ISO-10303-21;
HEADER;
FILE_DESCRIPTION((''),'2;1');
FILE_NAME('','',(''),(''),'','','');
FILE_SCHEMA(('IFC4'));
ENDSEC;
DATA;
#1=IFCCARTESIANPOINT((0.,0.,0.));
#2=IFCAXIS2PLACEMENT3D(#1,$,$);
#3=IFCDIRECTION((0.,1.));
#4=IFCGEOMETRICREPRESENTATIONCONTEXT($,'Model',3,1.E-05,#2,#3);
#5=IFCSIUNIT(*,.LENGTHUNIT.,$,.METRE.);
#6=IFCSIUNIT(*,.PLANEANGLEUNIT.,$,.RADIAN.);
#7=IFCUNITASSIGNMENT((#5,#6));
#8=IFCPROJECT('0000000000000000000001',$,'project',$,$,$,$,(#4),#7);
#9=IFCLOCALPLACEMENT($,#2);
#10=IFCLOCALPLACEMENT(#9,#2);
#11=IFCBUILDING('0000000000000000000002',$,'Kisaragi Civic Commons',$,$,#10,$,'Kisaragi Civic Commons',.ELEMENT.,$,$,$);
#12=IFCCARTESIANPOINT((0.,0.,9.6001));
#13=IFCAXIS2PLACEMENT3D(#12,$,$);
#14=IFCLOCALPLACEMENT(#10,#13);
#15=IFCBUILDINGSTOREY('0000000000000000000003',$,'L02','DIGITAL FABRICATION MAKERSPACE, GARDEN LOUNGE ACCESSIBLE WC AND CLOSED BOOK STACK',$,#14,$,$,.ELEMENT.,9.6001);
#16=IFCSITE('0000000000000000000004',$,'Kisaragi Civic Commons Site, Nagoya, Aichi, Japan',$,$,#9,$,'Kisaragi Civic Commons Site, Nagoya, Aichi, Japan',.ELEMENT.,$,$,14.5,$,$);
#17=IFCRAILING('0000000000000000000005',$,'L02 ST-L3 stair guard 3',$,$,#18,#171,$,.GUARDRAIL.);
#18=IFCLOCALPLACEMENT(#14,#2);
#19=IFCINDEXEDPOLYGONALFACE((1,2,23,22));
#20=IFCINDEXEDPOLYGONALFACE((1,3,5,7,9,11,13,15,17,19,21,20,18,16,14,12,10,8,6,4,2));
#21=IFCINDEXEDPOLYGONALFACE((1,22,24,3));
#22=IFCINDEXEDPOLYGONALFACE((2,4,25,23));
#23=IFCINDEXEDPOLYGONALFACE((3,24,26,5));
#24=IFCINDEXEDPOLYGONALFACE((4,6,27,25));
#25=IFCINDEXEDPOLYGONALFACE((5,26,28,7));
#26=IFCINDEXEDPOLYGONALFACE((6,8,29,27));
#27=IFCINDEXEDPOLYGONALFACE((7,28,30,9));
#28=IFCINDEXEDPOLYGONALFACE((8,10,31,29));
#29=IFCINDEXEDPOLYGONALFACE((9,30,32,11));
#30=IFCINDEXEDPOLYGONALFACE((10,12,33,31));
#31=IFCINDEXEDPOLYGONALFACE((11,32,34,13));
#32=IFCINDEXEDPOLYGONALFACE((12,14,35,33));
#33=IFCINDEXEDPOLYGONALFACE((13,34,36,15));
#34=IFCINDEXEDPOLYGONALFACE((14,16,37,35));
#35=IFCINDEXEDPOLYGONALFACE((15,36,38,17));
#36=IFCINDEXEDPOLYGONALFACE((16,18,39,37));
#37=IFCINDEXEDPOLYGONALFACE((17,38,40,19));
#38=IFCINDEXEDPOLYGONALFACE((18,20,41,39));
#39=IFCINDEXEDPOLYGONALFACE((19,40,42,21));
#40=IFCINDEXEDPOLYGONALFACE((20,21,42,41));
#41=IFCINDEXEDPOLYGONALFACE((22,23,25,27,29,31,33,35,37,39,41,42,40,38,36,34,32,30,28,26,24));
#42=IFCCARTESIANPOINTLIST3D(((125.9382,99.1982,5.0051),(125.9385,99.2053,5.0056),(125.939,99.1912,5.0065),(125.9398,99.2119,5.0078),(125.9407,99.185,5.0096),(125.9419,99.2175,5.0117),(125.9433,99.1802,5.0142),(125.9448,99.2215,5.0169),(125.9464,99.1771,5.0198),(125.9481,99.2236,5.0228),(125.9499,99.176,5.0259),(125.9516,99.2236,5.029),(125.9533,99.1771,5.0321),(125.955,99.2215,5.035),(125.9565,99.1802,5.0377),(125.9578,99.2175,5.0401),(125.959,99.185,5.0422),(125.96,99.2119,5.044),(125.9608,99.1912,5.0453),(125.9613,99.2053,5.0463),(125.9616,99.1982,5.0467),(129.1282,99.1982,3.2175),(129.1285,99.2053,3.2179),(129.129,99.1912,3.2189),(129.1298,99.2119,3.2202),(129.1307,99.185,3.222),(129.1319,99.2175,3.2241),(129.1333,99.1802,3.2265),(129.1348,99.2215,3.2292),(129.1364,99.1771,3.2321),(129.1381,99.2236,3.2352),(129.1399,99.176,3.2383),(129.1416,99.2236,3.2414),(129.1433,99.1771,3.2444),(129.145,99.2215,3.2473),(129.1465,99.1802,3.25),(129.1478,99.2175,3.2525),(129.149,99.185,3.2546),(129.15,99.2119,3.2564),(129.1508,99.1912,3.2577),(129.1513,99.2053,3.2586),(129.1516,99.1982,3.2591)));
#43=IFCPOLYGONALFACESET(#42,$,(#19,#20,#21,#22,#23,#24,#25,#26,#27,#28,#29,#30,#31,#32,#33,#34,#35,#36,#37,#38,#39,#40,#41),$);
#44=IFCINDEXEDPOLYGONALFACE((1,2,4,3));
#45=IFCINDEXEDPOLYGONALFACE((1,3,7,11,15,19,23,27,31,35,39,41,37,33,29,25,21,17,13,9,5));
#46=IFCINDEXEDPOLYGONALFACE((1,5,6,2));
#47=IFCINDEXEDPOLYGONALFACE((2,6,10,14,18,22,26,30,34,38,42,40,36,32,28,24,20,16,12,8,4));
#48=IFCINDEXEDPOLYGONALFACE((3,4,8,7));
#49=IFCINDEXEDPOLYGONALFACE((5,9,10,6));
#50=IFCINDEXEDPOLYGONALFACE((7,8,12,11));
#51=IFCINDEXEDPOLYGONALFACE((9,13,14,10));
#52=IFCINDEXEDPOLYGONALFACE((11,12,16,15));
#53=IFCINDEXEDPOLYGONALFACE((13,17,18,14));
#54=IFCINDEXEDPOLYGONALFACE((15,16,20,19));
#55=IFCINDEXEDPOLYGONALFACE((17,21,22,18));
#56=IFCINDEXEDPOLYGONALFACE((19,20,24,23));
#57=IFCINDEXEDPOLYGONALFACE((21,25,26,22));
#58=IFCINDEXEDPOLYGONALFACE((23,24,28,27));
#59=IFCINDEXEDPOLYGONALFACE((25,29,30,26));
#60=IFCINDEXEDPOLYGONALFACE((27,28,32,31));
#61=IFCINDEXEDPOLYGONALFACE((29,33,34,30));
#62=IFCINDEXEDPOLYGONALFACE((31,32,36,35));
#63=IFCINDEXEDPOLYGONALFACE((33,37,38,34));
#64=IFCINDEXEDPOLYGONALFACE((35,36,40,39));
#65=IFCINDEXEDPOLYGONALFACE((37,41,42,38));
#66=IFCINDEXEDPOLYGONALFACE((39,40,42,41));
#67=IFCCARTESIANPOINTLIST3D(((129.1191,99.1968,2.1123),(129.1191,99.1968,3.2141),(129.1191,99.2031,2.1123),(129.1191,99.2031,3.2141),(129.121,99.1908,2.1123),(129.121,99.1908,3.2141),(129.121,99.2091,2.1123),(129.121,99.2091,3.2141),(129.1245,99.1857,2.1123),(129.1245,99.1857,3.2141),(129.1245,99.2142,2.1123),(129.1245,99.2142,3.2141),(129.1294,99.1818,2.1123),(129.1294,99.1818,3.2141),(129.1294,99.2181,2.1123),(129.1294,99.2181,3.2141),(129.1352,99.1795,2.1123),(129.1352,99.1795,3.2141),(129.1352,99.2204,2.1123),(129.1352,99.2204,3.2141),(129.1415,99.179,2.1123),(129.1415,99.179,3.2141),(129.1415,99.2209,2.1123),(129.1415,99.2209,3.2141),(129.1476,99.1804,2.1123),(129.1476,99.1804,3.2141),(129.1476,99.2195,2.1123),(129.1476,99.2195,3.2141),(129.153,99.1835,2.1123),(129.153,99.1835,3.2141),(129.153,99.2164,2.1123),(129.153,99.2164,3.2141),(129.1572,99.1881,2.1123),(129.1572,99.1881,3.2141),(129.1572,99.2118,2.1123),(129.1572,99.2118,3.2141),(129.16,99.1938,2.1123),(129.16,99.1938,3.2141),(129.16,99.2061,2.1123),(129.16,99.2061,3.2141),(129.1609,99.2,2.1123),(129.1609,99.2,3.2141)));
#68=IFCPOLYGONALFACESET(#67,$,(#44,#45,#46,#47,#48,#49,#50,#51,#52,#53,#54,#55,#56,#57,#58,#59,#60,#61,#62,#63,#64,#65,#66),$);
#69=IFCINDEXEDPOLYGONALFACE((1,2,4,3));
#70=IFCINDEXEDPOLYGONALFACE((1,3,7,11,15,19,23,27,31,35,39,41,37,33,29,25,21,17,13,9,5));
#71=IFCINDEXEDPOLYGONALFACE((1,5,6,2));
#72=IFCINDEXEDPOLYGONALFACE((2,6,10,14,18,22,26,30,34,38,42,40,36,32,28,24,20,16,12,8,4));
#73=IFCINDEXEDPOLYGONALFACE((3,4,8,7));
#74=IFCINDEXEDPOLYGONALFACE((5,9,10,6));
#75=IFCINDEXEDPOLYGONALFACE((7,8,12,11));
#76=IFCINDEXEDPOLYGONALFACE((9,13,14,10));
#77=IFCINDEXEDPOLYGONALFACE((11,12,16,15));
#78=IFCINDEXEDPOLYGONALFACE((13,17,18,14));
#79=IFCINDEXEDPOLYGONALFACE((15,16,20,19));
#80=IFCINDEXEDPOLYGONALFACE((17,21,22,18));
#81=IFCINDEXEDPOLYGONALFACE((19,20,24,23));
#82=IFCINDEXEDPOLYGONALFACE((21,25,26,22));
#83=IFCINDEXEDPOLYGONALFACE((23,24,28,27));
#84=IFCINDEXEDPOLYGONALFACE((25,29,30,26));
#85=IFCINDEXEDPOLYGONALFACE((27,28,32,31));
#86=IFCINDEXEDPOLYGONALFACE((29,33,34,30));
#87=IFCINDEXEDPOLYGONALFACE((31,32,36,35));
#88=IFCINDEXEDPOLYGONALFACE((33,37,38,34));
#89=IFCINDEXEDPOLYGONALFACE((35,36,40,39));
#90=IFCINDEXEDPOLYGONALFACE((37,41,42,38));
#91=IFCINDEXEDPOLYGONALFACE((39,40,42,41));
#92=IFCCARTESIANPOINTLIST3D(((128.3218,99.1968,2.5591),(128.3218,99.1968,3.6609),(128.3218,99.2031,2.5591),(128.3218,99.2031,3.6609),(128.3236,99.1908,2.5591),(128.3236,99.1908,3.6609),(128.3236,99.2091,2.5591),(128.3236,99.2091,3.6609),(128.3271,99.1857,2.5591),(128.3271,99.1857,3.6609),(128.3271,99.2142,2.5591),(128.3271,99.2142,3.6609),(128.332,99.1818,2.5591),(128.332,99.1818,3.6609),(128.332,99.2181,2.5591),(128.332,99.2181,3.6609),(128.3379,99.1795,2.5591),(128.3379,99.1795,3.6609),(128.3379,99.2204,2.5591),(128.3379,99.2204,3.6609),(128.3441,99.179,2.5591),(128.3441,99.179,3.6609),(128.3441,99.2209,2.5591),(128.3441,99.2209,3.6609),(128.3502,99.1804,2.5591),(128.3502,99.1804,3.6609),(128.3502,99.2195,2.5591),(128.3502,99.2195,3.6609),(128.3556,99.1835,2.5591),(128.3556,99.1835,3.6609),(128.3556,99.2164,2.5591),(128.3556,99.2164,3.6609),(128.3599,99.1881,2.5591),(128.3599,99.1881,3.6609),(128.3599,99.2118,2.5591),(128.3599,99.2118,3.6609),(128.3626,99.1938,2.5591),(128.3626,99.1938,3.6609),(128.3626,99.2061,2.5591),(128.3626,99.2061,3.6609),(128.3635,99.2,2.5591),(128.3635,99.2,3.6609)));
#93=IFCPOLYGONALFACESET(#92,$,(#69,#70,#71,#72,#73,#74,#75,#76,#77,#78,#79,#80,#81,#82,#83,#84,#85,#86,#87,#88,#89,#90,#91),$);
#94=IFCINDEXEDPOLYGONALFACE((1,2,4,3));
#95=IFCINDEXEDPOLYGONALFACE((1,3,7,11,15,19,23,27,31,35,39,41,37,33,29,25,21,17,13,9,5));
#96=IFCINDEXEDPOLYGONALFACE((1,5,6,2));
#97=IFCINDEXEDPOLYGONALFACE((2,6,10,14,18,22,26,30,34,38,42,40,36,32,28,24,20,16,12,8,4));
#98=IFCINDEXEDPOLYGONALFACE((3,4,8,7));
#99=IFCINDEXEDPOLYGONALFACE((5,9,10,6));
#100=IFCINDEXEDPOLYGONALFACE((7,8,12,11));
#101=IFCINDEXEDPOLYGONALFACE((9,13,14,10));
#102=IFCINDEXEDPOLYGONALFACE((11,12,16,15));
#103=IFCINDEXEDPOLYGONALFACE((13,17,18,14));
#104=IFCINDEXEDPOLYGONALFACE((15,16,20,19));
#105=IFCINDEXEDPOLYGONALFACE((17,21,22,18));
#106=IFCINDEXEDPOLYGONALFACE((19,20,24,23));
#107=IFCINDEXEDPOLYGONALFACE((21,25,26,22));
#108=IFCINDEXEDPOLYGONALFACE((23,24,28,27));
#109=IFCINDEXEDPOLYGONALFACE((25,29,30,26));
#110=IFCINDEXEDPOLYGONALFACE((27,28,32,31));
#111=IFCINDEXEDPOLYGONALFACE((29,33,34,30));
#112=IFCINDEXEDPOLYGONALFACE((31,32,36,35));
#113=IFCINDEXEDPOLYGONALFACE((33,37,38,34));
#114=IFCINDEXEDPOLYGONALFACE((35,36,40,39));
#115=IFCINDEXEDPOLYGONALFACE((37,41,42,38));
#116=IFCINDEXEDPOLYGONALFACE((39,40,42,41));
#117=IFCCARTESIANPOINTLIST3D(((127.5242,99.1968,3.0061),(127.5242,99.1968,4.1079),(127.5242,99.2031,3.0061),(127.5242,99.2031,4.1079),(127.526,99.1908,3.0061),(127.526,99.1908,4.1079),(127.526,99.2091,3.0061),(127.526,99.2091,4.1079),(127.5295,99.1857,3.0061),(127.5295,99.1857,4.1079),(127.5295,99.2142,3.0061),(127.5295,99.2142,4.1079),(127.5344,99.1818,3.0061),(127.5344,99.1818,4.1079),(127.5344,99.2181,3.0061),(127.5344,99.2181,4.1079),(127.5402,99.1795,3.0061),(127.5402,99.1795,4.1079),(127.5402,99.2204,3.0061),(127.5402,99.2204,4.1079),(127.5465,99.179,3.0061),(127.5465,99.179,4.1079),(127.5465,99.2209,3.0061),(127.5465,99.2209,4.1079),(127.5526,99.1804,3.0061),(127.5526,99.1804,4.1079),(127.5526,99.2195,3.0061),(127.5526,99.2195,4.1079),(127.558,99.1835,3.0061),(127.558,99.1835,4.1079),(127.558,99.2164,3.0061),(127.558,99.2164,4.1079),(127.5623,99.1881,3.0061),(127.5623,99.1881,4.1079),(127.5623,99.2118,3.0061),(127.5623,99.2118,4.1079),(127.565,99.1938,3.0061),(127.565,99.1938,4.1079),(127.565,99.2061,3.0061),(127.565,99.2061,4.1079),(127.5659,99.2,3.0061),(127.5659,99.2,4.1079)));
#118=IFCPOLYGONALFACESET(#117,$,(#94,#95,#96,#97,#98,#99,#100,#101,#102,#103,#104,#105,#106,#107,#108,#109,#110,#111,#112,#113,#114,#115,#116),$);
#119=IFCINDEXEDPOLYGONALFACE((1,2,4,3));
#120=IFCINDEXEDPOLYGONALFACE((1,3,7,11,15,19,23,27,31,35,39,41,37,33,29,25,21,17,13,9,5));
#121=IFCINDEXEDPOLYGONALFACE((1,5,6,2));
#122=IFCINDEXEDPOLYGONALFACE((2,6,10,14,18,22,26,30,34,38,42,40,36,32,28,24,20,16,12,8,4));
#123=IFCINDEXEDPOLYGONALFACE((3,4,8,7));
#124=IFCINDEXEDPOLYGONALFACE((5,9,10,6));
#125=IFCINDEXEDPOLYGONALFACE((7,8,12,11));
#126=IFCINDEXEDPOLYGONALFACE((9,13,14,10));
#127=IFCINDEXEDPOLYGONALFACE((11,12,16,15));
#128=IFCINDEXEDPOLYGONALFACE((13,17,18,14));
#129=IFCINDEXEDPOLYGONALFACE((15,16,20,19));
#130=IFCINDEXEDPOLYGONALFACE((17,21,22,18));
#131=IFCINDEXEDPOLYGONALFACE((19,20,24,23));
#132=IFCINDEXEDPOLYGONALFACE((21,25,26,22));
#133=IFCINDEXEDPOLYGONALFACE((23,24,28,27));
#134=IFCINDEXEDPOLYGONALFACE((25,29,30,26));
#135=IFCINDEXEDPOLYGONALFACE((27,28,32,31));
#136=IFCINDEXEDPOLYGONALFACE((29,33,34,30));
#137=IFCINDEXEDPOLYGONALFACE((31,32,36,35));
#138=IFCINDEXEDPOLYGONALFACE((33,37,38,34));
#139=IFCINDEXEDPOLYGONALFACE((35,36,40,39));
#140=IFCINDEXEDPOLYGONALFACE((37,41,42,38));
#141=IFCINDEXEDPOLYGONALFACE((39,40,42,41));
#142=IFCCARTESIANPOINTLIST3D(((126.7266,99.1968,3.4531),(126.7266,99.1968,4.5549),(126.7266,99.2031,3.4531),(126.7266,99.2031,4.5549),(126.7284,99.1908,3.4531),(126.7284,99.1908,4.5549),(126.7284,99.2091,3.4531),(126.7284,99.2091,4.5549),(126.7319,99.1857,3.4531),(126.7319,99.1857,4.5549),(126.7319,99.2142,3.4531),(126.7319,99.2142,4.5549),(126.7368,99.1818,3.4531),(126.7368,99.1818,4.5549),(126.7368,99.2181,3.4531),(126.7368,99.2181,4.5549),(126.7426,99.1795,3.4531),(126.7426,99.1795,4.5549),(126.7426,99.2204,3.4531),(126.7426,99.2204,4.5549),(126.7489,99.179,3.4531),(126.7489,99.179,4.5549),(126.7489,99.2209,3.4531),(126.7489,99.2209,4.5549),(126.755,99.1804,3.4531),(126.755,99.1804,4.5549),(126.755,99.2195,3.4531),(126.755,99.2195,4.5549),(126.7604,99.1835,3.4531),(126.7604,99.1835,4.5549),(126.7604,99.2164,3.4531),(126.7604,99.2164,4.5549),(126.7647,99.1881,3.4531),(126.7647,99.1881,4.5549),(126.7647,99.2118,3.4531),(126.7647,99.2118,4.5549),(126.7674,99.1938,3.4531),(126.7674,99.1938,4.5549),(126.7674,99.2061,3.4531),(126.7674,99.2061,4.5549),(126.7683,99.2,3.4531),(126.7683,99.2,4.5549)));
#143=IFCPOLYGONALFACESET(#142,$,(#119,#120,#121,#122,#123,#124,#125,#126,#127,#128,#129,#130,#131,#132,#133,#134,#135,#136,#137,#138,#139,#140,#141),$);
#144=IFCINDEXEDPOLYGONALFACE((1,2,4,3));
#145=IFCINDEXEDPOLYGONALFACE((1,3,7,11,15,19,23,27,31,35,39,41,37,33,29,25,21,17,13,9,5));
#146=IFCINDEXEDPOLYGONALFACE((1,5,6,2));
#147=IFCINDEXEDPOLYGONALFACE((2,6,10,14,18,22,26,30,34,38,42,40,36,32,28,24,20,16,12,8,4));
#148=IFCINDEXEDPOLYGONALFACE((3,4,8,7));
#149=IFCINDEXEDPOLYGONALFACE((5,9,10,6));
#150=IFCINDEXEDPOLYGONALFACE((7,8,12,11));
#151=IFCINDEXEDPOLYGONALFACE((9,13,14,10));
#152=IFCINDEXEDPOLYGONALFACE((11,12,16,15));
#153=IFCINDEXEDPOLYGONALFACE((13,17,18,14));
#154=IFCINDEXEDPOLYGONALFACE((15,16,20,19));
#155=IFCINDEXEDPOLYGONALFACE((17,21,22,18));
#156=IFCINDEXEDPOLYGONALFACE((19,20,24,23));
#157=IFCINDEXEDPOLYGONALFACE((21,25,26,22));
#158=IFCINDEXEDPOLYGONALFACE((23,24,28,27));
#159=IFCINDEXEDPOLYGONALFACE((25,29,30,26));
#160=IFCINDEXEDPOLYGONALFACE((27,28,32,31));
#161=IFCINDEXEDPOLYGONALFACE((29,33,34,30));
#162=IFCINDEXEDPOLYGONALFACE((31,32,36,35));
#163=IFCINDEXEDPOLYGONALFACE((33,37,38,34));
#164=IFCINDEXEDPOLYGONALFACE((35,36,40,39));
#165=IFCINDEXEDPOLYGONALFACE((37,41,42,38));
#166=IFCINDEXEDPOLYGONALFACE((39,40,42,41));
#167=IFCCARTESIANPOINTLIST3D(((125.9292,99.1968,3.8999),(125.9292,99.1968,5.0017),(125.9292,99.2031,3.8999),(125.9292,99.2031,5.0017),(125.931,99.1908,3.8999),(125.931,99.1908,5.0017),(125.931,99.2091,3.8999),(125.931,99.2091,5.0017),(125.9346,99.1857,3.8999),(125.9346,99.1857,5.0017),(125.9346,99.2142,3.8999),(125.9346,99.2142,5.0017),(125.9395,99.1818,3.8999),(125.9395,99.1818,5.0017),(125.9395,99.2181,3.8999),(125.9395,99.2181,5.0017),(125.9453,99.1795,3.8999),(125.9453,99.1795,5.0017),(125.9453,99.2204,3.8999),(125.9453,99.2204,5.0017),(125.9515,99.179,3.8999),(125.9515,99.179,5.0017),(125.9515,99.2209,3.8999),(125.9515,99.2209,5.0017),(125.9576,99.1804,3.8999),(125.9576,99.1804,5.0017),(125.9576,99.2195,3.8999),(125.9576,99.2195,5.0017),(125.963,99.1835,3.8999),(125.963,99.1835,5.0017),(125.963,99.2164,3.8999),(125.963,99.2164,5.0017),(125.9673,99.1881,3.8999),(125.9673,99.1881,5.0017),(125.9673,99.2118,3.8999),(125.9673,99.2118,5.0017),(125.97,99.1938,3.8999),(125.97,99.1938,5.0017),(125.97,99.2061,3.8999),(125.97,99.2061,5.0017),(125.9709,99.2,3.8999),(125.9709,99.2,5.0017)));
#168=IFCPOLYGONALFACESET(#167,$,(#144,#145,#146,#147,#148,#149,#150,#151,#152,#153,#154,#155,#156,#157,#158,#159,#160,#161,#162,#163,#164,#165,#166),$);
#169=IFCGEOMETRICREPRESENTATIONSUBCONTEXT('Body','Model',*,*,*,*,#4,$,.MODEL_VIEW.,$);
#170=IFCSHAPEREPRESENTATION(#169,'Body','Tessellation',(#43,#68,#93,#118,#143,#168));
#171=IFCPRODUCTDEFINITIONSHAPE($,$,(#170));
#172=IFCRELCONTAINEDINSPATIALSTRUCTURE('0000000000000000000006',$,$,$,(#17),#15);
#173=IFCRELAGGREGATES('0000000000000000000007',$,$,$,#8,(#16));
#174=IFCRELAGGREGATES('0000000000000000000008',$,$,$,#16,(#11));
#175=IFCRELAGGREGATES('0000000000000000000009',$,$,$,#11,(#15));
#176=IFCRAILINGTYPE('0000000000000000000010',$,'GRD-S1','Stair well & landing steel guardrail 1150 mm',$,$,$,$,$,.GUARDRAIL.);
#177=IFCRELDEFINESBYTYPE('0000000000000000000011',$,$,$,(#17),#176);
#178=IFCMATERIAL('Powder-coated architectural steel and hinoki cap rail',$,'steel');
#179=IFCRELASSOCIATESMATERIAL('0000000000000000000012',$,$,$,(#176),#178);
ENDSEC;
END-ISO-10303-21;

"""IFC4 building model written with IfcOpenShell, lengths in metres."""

from ifc_helpers import new_model, si_unit, direction, frame, origin, origin_2d, place, context, subcontext, project, spatial, circle, extrude, material, type_object, element, save


model = new_model("IFC4")

# Units and contexts
model_context = context("Model", 3, precision=1e-05, world=origin(), true_north=direction((0.0, 1.0)))
body_context = subcontext(model_context, "Body", "Model", "MODEL_VIEW")
ifc_project = project(units=[si_unit("LENGTHUNIT", "METRE"), si_unit("PLANEANGLEUNIT", "RADIAN")], contexts=[model_context])

# Site, building, storey
site_placement = place(None, origin())
site = spatial("IfcSite", under=ifc_project, at=site_placement, Name="Kisaragi Civic Commons Site, Nagoya, Aichi, Japan", LongName="Kisaragi Civic Commons Site, Nagoya, Aichi, Japan", CompositionType="ELEMENT", RefElevation=14.5)
building_placement = place(site_placement, origin())
building = spatial("IfcBuilding", under=site, at=building_placement, Name="Kisaragi Civic Commons", LongName="Kisaragi Civic Commons", CompositionType="ELEMENT")
storey_placement = place(building_placement, frame((0.0, 0.0, 9.6001)))
storey = spatial("IfcBuildingStorey", under=building, at=storey_placement, Name="L02", Description="DIGITAL FABRICATION MAKERSPACE, GARDEN LOUNGE ACCESSIBLE WC AND CLOSED BOOK STACK", CompositionType="ELEMENT", Elevation=9.6001)

# Railing
ifc_material_1 = material(Name="Powder-coated architectural steel and hinoki cap rail", Category="steel")
railing_type_1 = type_object("IfcRailingType", Name="GRD-S1", Description="Stair well & landing steel guardrail 1150 mm", PredefinedType="GUARDRAIL", material=ifc_material_1)
railing_1_placement = place(storey_placement, frame((129.1399, 99.2, 2.1123)))
element("IfcRailing", 1, at=railing_1_placement, inside=storey, type_object=railing_type_1, Name="L02 ST-L3 stair guard 3", PredefinedType="GUARDRAIL", context=body_context, shape_type="SweptSolid", body=[
    extrude(circle(Radius=0.0239, at=origin_2d()), frame((0.0, 0.0, 1.126), z_axis=(-0.872363, 0.0, 0.48886), x_axis=(0.0, -1.0, 0.0)), (0.0, 0.0, 1.0), 3.6567),
    extrude(circle(Radius=0.021, at=origin_2d()), origin(), (0.0, 0.0, 1.0), 1.1018),
    extrude(circle(Radius=0.021, at=origin_2d()), frame((-0.7974, 0.0, 0.4468)), (0.0, 0.0, 1.0), 1.1018),
    extrude(circle(Radius=0.021, at=origin_2d()), frame((-1.595, 0.0, 0.8938)), (0.0, 0.0, 1.0), 1.1018),
    extrude(circle(Radius=0.021, at=origin_2d()), frame((-2.3926, 0.0, 1.3408)), (0.0, 0.0, 1.0), 1.1018),
    extrude(circle(Radius=0.021, at=origin_2d()), frame((-3.1899, 0.0, 1.7876)), (0.0, 0.0, 1.0), 1.1018),
])

save(model, "model.ifc")
